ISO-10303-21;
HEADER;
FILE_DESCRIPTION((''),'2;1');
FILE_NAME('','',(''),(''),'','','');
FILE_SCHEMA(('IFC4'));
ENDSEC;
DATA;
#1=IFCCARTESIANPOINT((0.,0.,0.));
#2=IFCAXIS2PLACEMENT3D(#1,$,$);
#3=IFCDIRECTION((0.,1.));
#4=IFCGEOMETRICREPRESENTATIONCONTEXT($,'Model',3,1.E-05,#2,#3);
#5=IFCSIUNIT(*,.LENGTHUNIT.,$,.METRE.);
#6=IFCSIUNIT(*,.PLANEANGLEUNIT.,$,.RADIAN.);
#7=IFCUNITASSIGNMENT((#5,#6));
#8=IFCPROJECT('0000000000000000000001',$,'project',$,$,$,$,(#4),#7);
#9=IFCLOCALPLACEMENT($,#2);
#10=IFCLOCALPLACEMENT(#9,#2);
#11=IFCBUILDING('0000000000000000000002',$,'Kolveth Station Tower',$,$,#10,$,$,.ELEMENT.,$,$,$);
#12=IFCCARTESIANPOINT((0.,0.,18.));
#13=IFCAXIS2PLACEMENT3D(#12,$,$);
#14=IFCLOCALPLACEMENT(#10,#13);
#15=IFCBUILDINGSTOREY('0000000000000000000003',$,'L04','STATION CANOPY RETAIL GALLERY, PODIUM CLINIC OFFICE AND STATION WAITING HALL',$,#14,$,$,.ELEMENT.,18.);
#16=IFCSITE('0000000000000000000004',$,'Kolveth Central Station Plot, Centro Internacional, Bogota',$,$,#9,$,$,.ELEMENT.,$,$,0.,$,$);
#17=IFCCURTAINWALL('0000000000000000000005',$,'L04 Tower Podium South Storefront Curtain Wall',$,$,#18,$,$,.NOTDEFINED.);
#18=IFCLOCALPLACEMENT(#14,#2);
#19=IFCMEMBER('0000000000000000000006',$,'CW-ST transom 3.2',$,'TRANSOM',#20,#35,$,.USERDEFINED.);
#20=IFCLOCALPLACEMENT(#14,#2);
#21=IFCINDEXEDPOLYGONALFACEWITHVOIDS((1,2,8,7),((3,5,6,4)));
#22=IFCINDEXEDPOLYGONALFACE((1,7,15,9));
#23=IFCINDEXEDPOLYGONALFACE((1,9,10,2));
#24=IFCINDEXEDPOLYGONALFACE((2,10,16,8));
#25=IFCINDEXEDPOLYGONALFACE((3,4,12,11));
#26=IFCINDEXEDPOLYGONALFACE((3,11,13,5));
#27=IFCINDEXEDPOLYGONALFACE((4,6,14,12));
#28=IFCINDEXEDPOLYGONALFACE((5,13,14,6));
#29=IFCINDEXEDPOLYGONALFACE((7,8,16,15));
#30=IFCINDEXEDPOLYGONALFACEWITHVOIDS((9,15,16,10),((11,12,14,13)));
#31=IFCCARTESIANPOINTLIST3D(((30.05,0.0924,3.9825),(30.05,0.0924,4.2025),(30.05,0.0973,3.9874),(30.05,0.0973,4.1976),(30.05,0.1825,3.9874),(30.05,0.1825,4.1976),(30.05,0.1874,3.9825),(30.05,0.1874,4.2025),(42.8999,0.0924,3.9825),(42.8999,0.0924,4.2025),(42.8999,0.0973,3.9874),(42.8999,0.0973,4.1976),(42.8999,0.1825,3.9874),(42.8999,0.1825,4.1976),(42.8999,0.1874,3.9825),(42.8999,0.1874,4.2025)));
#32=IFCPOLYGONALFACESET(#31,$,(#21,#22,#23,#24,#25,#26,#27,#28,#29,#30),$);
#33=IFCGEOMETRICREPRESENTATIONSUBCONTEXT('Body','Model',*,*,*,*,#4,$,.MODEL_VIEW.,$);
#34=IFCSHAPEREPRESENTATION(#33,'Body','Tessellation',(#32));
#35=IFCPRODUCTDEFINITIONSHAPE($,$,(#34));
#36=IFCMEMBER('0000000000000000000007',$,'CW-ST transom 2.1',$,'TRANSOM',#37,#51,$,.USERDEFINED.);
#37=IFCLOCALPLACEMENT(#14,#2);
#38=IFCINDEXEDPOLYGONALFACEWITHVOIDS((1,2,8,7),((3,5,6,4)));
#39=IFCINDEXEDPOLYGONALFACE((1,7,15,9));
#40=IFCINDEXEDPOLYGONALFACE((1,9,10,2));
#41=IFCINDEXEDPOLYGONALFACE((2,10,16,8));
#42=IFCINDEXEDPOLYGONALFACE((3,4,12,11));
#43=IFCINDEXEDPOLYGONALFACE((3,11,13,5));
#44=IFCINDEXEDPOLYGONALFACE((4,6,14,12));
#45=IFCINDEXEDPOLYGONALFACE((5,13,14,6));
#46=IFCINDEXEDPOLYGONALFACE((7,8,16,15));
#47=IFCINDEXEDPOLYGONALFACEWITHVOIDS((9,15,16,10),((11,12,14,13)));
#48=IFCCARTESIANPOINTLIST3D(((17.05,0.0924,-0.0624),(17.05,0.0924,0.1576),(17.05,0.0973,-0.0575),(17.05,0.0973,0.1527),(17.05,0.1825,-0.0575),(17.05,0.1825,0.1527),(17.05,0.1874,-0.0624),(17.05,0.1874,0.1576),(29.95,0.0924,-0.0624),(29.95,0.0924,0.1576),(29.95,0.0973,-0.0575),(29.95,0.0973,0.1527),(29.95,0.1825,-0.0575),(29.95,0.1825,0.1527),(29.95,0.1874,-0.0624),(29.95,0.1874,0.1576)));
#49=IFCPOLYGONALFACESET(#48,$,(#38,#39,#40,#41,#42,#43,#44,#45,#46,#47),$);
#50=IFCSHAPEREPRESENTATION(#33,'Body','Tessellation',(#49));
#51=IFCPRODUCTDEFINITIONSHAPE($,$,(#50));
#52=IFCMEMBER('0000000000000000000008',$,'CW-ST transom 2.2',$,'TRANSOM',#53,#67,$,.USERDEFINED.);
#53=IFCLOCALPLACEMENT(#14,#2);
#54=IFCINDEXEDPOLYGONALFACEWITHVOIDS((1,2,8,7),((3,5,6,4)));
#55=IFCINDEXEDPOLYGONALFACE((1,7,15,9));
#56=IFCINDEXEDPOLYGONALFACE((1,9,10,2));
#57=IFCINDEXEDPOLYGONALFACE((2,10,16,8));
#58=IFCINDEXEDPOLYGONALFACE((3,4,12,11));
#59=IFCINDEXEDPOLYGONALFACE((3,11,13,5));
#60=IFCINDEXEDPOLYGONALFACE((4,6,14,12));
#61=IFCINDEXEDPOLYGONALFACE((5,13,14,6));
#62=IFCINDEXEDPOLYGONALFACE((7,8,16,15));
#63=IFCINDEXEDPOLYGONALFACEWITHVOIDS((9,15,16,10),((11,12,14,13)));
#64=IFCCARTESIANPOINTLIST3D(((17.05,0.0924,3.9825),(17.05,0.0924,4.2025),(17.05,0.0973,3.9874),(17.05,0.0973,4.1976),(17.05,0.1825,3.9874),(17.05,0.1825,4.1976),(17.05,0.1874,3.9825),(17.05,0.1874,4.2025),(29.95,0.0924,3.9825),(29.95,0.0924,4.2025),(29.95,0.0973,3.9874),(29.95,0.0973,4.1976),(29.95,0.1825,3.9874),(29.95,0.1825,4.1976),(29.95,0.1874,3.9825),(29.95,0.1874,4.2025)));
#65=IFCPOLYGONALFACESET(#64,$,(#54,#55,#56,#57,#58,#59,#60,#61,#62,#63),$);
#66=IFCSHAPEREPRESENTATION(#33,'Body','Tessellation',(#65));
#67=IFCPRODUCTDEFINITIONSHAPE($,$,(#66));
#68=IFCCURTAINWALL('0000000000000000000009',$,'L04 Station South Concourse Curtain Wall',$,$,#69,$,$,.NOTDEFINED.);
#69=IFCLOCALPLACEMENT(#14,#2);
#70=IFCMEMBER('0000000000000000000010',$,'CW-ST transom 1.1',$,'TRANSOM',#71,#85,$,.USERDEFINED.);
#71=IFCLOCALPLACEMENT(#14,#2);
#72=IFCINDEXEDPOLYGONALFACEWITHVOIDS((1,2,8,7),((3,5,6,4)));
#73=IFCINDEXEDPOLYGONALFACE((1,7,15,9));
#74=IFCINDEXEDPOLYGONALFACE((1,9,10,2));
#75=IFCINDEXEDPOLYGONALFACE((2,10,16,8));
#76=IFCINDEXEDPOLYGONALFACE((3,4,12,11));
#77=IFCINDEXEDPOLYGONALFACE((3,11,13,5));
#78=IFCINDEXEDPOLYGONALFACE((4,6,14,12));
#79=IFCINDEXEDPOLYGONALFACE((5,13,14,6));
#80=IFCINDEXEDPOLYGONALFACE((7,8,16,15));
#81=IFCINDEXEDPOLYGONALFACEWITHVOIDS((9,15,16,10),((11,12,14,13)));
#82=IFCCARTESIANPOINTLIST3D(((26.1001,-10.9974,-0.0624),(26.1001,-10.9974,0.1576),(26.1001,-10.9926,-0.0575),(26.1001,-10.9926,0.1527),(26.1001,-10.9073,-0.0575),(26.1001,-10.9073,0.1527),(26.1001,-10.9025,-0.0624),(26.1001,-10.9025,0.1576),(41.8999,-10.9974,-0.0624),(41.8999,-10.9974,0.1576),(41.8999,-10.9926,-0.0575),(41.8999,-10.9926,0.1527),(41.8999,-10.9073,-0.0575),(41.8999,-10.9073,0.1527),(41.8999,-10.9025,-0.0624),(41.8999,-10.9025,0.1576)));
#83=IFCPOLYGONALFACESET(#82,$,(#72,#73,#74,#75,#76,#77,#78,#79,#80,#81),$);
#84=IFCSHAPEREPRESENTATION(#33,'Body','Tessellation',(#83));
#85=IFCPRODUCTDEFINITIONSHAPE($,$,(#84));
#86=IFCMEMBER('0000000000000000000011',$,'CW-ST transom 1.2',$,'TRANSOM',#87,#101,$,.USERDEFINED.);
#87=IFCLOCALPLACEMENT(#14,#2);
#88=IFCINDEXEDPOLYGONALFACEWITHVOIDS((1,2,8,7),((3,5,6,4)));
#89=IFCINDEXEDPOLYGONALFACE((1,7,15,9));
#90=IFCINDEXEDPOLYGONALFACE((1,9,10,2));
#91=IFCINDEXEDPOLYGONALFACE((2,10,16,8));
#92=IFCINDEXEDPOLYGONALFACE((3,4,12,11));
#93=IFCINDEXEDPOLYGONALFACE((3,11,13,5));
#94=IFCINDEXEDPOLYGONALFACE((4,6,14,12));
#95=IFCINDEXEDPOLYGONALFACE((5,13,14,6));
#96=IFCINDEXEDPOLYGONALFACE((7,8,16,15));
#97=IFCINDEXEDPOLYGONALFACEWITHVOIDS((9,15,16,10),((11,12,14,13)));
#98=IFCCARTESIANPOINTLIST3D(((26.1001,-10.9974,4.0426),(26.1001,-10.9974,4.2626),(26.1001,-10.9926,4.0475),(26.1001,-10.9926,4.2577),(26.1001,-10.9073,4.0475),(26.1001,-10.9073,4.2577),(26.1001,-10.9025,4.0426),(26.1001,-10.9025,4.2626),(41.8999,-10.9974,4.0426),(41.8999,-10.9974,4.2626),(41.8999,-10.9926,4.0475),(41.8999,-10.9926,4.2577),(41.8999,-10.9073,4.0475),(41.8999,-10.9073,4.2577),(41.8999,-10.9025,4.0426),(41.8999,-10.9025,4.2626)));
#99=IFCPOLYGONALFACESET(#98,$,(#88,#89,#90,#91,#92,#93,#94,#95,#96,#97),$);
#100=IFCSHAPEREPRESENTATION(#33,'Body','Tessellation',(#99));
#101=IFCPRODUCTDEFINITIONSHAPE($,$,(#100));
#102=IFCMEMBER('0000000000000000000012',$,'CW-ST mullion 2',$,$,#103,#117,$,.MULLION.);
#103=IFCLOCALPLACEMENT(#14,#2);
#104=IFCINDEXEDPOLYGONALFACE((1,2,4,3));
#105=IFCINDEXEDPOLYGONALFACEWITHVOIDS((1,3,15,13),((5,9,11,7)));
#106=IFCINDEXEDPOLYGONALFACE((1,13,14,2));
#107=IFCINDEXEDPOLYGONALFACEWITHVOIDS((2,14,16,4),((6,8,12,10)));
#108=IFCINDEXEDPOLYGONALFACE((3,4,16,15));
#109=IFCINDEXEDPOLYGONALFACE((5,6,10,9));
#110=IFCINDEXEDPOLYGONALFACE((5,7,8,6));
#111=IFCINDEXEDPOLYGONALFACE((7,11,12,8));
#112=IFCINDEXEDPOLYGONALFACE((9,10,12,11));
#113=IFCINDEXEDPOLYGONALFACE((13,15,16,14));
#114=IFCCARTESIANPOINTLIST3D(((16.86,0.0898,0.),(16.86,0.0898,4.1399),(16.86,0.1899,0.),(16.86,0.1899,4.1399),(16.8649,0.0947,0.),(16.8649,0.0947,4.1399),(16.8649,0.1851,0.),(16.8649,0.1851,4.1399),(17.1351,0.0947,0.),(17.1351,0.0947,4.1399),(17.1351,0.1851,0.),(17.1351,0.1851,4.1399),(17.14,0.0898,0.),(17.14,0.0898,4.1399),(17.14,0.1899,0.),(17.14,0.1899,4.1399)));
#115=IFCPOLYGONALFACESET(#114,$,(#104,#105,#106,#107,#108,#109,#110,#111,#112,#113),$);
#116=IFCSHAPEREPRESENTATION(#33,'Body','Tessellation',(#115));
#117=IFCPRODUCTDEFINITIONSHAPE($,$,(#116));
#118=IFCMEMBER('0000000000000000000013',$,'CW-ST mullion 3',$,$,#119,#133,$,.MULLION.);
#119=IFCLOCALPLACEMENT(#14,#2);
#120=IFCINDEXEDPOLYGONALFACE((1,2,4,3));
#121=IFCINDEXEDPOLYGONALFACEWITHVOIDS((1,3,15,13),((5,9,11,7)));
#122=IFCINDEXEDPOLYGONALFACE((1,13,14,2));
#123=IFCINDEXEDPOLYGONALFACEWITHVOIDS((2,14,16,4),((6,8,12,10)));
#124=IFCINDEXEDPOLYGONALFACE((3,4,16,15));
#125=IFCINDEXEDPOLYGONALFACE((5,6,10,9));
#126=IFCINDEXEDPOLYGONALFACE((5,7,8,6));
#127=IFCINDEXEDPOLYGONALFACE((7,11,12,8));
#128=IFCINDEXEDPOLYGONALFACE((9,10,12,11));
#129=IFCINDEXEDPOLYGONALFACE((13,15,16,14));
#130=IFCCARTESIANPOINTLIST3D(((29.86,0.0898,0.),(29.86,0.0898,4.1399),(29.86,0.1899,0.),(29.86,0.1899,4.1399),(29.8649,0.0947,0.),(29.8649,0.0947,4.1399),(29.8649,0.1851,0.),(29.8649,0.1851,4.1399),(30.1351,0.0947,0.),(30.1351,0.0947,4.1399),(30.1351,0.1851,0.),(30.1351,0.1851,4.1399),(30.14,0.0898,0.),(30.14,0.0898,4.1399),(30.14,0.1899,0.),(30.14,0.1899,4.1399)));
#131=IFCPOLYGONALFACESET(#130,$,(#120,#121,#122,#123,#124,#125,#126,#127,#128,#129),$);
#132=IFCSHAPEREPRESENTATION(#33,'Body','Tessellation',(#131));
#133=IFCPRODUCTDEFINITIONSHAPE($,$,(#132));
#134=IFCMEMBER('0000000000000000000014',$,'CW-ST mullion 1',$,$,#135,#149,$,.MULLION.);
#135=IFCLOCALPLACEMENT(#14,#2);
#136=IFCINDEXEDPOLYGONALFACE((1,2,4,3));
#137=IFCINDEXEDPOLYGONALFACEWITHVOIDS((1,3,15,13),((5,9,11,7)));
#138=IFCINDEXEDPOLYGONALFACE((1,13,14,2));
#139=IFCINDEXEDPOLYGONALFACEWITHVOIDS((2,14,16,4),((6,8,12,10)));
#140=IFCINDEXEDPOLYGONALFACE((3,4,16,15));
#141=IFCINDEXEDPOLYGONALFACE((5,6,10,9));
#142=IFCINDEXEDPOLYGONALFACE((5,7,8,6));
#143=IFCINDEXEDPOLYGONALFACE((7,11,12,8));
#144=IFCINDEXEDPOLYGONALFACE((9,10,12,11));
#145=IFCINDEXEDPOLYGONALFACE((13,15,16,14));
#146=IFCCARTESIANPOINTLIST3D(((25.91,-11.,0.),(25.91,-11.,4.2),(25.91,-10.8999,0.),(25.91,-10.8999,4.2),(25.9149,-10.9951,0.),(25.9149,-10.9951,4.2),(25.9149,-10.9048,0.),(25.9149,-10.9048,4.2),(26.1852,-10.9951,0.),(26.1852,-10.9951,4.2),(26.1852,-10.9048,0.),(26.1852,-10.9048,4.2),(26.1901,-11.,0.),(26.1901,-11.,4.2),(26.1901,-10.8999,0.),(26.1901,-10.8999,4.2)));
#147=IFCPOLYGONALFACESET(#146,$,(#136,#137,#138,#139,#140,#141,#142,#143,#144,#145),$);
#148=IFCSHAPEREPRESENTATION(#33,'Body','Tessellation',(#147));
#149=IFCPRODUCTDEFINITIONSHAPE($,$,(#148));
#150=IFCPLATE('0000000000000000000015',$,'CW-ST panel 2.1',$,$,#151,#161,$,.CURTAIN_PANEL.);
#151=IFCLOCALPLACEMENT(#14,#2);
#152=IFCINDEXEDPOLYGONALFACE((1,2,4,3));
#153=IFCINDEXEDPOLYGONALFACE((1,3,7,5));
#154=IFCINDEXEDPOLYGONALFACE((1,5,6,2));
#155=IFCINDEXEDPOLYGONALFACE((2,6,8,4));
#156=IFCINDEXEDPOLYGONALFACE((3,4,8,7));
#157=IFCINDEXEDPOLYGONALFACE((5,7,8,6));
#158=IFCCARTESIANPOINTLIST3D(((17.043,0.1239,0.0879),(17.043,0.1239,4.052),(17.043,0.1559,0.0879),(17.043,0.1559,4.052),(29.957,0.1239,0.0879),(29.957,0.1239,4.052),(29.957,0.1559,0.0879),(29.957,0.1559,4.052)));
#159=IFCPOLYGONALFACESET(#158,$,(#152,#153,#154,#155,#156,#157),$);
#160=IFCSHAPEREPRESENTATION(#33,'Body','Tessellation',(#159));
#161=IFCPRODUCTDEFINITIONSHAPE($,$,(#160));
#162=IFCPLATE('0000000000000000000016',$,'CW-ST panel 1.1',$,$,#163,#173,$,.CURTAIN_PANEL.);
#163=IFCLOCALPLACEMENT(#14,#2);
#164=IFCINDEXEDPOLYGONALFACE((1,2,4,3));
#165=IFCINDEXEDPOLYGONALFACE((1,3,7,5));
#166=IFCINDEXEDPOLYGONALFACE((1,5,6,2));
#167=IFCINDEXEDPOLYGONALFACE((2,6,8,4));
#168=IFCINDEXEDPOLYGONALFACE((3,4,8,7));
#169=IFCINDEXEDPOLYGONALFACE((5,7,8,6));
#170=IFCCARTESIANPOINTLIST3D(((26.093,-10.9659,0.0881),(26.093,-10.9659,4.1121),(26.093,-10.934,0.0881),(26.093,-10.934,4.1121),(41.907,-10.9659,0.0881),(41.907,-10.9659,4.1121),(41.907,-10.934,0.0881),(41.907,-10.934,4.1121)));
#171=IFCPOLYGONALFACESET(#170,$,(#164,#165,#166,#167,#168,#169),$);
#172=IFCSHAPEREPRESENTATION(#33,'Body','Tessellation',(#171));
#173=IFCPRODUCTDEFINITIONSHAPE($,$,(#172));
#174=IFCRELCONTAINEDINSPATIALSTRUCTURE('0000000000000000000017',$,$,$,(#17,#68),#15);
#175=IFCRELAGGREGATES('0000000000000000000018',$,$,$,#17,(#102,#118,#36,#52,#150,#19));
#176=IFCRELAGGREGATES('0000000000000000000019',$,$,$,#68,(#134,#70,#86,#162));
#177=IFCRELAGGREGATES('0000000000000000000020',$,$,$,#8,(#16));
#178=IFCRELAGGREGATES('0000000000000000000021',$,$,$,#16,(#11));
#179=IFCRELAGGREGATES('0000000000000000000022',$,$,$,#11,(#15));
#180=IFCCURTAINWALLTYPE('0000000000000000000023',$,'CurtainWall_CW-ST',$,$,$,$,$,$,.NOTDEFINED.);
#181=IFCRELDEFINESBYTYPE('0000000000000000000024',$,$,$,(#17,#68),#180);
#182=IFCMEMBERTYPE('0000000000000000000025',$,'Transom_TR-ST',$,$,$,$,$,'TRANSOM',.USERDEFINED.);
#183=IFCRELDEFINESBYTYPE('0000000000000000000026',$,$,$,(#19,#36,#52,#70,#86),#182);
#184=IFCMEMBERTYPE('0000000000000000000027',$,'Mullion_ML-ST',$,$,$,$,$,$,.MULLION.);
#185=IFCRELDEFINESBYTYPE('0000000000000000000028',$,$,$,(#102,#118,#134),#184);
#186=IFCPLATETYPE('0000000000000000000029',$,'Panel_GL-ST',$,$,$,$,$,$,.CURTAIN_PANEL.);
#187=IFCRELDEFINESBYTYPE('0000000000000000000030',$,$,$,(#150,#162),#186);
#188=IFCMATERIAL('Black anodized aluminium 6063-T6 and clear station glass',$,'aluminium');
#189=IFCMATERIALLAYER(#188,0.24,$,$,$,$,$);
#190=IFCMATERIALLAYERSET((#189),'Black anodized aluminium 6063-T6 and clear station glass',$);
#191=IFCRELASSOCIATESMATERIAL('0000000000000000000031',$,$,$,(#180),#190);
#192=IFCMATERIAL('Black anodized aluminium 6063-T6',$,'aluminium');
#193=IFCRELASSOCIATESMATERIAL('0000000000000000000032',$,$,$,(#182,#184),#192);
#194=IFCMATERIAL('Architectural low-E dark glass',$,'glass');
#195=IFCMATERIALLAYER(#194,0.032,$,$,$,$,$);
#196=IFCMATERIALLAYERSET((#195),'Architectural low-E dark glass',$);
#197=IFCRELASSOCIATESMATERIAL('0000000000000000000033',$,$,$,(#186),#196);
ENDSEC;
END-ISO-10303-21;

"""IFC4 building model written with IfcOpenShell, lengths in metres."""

from ifc_helpers import new_model, si_unit, direction, frame, origin, origin_2d, place, context, subcontext, project, spatial, rectangle, hollow_rectangle, extrude, source, transform, mapped, material, layer, layer_set, material_profile, profile_set, type_object, element, aggregate, save


model = new_model("IFC4")

# Units and contexts
model_context = context("Model", 3, precision=1e-05, world=origin(), true_north=direction((0.0, 1.0)))
body_context = subcontext(model_context, "Body", "Model", "MODEL_VIEW")
ifc_project = project(units=[si_unit("LENGTHUNIT", "METRE"), si_unit("PLANEANGLEUNIT", "RADIAN")], contexts=[model_context])

# Site, building, storey
site_placement = place(None, origin())
site = spatial("IfcSite", under=ifc_project, at=site_placement, Name="Kolveth Central Station Plot, Centro Internacional, Bogota", CompositionType="ELEMENT", RefElevation=0.0)
building_placement = place(site_placement, origin())
building = spatial("IfcBuilding", under=site, at=building_placement, Name="Kolveth Station Tower", CompositionType="ELEMENT")
storey_placement = place(building_placement, frame((0.0, 0.0, 18.0)))
storey = spatial("IfcBuildingStorey", under=building, at=storey_placement, Name="L04", Description="STATION CANOPY RETAIL GALLERY, PODIUM CLINIC OFFICE AND STATION WAITING HALL", CompositionType="ELEMENT", Elevation=18.0)

# Curtain walls, members
ifc_material_1 = material(Name="Black anodized aluminium 6063-T6 and clear station glass", Category="aluminium")
ifc_layer_1 = layer(ifc_material_1, 0.24)
ifc_layer_set_1 = layer_set([ifc_layer_1], Name="Black anodized aluminium 6063-T6 and clear station glass")
curtain_wall_type = type_object("IfcCurtainWallType", Name="CurtainWall_CW-ST", PredefinedType="NOTDEFINED", material=ifc_layer_set_1)
curtain_wall_1_placement = place(storey_placement, origin())
curtain_wall_1 = element("IfcCurtainWall", 1, at=curtain_wall_1_placement, inside=storey, type_object=curtain_wall_type, Name="L04 Tower Podium South Storefront Curtain Wall", PredefinedType="NOTDEFINED")
ifc_material_2 = material(Name="Black anodized aluminium 6063-T6", Category="aluminium")
ifc_material_profile_1 = material_profile(ifc_material_2, hollow_rectangle(XDim=0.095, YDim=0.22, WallThickness=0.0049, at=origin_2d()), Name="ALU-95x220x5")
ifc_profile_set_1 = profile_set([ifc_material_profile_1], Name="Black anodized aluminium 6063-T6")
member_type_1 = type_object("IfcMemberType", Name="Transom_TR-ST", ElementType="TRANSOM", PredefinedType="USERDEFINED", material=ifc_profile_set_1)
shared_shape_1 = source(origin(), body_context, "Body", "SweptSolid", [
    extrude(hollow_rectangle(XDim=0.095, YDim=0.22, WallThickness=0.0049, at=origin_2d()), origin(), (0.0, 0.0, 1.0), 12.8499),
])
member_1_placement = place(storey_placement, frame((30.05, 0.1399, 4.0925), z_axis=(1.0, 0.0, 0.0), x_axis=(0.0, 1.0, 0.0)))
member_1 = element("IfcMember", 2, at=member_1_placement, type_object=member_type_1, Name="CW-ST transom 3.2", ObjectType="TRANSOM", PredefinedType="USERDEFINED", context=body_context, shape_type="MappedRepresentation", body=[
    mapped(shared_shape_1, transform((0.0, 0.0, 0.0), x_axis=(1.0, 0.0, 0.0), y_axis=(0.0, 1.0, 0.0), z_axis=(0.0, 0.0, 1.0), scale=1.0)),
])
shared_shape_2 = source(origin(), body_context, "Body", "SweptSolid", [
    extrude(hollow_rectangle(XDim=0.095, YDim=0.22, WallThickness=0.0049, at=origin_2d()), origin(), (0.0, 0.0, 1.0), 12.8999),
])
member_2_placement = place(storey_placement, frame((17.05, 0.1399, 0.0476), z_axis=(1.0, 0.0, 0.0), x_axis=(0.0, 1.0, 0.0)))
member_2 = element("IfcMember", 3, at=member_2_placement, type_object=member_type_1, Name="CW-ST transom 2.1", ObjectType="TRANSOM", PredefinedType="USERDEFINED", context=body_context, shape_type="MappedRepresentation", body=[
    mapped(shared_shape_2, transform((0.0, 0.0, 0.0), x_axis=(1.0, 0.0, 0.0), y_axis=(0.0, 1.0, 0.0), z_axis=(0.0, 0.0, 1.0), scale=1.0)),
])
member_3_placement = place(storey_placement, frame((17.05, 0.1399, 4.0925), z_axis=(1.0, 0.0, 0.0), x_axis=(0.0, 1.0, 0.0)))
member_3 = element("IfcMember", 4, at=member_3_placement, type_object=member_type_1, Name="CW-ST transom 2.2", ObjectType="TRANSOM", PredefinedType="USERDEFINED", context=body_context, shape_type="MappedRepresentation", body=[
    mapped(shared_shape_2, transform((0.0, 0.0, 0.0), x_axis=(1.0, 0.0, 0.0), y_axis=(0.0, 1.0, 0.0), z_axis=(0.0, 0.0, 1.0), scale=1.0)),
])
curtain_wall_2_placement = place(storey_placement, origin())
curtain_wall_2 = element("IfcCurtainWall", 5, at=curtain_wall_2_placement, inside=storey, type_object=curtain_wall_type, Name="L04 Station South Concourse Curtain Wall", PredefinedType="NOTDEFINED")
shared_shape_3 = source(origin(), body_context, "Body", "SweptSolid", [
    extrude(hollow_rectangle(XDim=0.095, YDim=0.22, WallThickness=0.0049, at=origin_2d()), origin(), (0.0, 0.0, 1.0), 15.7998),
])
member_4_placement = place(storey_placement, frame((26.1001, -10.95, 0.0476), z_axis=(1.0, 0.0, 0.0), x_axis=(0.0, 1.0, 0.0)))
member_4 = element("IfcMember", 6, at=member_4_placement, type_object=member_type_1, Name="CW-ST transom 1.1", ObjectType="TRANSOM", PredefinedType="USERDEFINED", context=body_context, shape_type="MappedRepresentation", body=[
    mapped(shared_shape_3, transform((0.0, 0.0, 0.0), x_axis=(1.0, 0.0, 0.0), y_axis=(0.0, 1.0, 0.0), z_axis=(0.0, 0.0, 1.0), scale=1.0)),
])
member_5_placement = place(storey_placement, frame((26.1001, -10.95, 4.1526), z_axis=(1.0, 0.0, 0.0), x_axis=(0.0, 1.0, 0.0)))
member_5 = element("IfcMember", 7, at=member_5_placement, type_object=member_type_1, Name="CW-ST transom 1.2", ObjectType="TRANSOM", PredefinedType="USERDEFINED", context=body_context, shape_type="MappedRepresentation", body=[
    mapped(shared_shape_3, transform((0.0, 0.0, 0.0), x_axis=(1.0, 0.0, 0.0), y_axis=(0.0, 1.0, 0.0), z_axis=(0.0, 0.0, 1.0), scale=1.0)),
])

# Members
ifc_material_profile_2 = material_profile(ifc_material_2, hollow_rectangle(XDim=0.1001, YDim=0.28, WallThickness=0.0049, at=origin_2d()), Name="ALU-100x280x5")
ifc_profile_set_2 = profile_set([ifc_material_profile_2], Name="Black anodized aluminium 6063-T6")
member_type_2 = type_object("IfcMemberType", Name="Mullion_ML-ST", PredefinedType="MULLION", material=ifc_profile_set_2)
shared_shape_4 = source(origin(), body_context, "Body", "SweptSolid", [
    extrude(hollow_rectangle(XDim=0.1001, YDim=0.28, WallThickness=0.0049, at=origin_2d()), origin(), (0.0, 0.0, 1.0), 4.1399),
])
member_6_placement = place(storey_placement, frame((17.0, 0.1399, 0.0), z_axis=(0.0, 0.0, 1.0), x_axis=(0.0, 1.0, 0.0)))
member_6 = element("IfcMember", 8, at=member_6_placement, type_object=member_type_2, Name="CW-ST mullion 2", PredefinedType="MULLION", context=body_context, shape_type="MappedRepresentation", body=[
    mapped(shared_shape_4, transform((0.0, 0.0, 0.0), x_axis=(1.0, 0.0, 0.0), y_axis=(0.0, 1.0, 0.0), z_axis=(0.0, 0.0, 1.0), scale=1.0)),
])
member_7_placement = place(storey_placement, frame((30.0, 0.1399, 0.0), z_axis=(0.0, 0.0, 1.0), x_axis=(0.0, 1.0, 0.0)))
member_7 = element("IfcMember", 9, at=member_7_placement, type_object=member_type_2, Name="CW-ST mullion 3", PredefinedType="MULLION", context=body_context, shape_type="MappedRepresentation", body=[
    mapped(shared_shape_4, transform((0.0, 0.0, 0.0), x_axis=(1.0, 0.0, 0.0), y_axis=(0.0, 1.0, 0.0), z_axis=(0.0, 0.0, 1.0), scale=1.0)),
])
shared_shape_5 = source(origin(), body_context, "Body", "SweptSolid", [
    extrude(hollow_rectangle(XDim=0.1001, YDim=0.28, WallThickness=0.0049, at=origin_2d()), origin(), (0.0, 0.0, 1.0), 4.2),
])
member_8_placement = place(storey_placement, frame((26.05, -10.95, 0.0), z_axis=(0.0, 0.0, 1.0), x_axis=(0.0, 1.0, 0.0)))
member_8 = element("IfcMember", 10, at=member_8_placement, type_object=member_type_2, Name="CW-ST mullion 1", PredefinedType="MULLION", context=body_context, shape_type="MappedRepresentation", body=[
    mapped(shared_shape_5, transform((0.0, 0.0, 0.0), x_axis=(1.0, 0.0, 0.0), y_axis=(0.0, 1.0, 0.0), z_axis=(0.0, 0.0, 1.0), scale=1.0)),
])

# Plates
ifc_material_3 = material(Name="Architectural low-E dark glass", Category="glass")
ifc_layer_2 = layer(ifc_material_3, 0.032)
ifc_layer_set_2 = layer_set([ifc_layer_2], Name="Architectural low-E dark glass")
plate_type = type_object("IfcPlateType", Name="Panel_GL-ST", PredefinedType="CURTAIN_PANEL", material=ifc_layer_set_2)
shared_shape_6 = source(origin(), body_context, "Body", "SweptSolid", [
    extrude(rectangle(XDim=12.9141, YDim=0.032, at=origin_2d()), origin(), (0.0, 0.0, 1.0), 3.9641),
])
plate_1_placement = place(storey_placement, frame((23.5, 0.1399, 0.0879), z_axis=(0.0, 0.0, 1.0), x_axis=(1.0, 0.0, 0.0)))
plate_1 = element("IfcPlate", 11, at=plate_1_placement, type_object=plate_type, Name="CW-ST panel 2.1", PredefinedType="CURTAIN_PANEL", context=body_context, shape_type="MappedRepresentation", body=[
    mapped(shared_shape_6, transform((0.0, 0.0, 0.0), x_axis=(1.0, 0.0, 0.0), y_axis=(0.0, 1.0, 0.0), z_axis=(0.0, 0.0, 1.0), scale=1.0)),
])
aggregate(curtain_wall_1, [member_6, member_7, member_2, member_3, plate_1, member_1])
shared_shape_7 = source(origin(), body_context, "Body", "SweptSolid", [
    extrude(rectangle(XDim=15.814, YDim=0.032, at=origin_2d()), origin(), (0.0, 0.0, 1.0), 4.0239),
])
plate_2_placement = place(storey_placement, frame((34.0, -10.95, 0.0881), z_axis=(0.0, 0.0, 1.0), x_axis=(1.0, 0.0, 0.0)))
plate_2 = element("IfcPlate", 12, at=plate_2_placement, type_object=plate_type, Name="CW-ST panel 1.1", PredefinedType="CURTAIN_PANEL", context=body_context, shape_type="MappedRepresentation", body=[
    mapped(shared_shape_7, transform((0.0, 0.0, 0.0), x_axis=(1.0, 0.0, 0.0), y_axis=(0.0, 1.0, 0.0), z_axis=(0.0, 0.0, 1.0), scale=1.0)),
])
aggregate(curtain_wall_2, [member_8, member_4, member_5, plate_2])

save(model, "model.ifc")
